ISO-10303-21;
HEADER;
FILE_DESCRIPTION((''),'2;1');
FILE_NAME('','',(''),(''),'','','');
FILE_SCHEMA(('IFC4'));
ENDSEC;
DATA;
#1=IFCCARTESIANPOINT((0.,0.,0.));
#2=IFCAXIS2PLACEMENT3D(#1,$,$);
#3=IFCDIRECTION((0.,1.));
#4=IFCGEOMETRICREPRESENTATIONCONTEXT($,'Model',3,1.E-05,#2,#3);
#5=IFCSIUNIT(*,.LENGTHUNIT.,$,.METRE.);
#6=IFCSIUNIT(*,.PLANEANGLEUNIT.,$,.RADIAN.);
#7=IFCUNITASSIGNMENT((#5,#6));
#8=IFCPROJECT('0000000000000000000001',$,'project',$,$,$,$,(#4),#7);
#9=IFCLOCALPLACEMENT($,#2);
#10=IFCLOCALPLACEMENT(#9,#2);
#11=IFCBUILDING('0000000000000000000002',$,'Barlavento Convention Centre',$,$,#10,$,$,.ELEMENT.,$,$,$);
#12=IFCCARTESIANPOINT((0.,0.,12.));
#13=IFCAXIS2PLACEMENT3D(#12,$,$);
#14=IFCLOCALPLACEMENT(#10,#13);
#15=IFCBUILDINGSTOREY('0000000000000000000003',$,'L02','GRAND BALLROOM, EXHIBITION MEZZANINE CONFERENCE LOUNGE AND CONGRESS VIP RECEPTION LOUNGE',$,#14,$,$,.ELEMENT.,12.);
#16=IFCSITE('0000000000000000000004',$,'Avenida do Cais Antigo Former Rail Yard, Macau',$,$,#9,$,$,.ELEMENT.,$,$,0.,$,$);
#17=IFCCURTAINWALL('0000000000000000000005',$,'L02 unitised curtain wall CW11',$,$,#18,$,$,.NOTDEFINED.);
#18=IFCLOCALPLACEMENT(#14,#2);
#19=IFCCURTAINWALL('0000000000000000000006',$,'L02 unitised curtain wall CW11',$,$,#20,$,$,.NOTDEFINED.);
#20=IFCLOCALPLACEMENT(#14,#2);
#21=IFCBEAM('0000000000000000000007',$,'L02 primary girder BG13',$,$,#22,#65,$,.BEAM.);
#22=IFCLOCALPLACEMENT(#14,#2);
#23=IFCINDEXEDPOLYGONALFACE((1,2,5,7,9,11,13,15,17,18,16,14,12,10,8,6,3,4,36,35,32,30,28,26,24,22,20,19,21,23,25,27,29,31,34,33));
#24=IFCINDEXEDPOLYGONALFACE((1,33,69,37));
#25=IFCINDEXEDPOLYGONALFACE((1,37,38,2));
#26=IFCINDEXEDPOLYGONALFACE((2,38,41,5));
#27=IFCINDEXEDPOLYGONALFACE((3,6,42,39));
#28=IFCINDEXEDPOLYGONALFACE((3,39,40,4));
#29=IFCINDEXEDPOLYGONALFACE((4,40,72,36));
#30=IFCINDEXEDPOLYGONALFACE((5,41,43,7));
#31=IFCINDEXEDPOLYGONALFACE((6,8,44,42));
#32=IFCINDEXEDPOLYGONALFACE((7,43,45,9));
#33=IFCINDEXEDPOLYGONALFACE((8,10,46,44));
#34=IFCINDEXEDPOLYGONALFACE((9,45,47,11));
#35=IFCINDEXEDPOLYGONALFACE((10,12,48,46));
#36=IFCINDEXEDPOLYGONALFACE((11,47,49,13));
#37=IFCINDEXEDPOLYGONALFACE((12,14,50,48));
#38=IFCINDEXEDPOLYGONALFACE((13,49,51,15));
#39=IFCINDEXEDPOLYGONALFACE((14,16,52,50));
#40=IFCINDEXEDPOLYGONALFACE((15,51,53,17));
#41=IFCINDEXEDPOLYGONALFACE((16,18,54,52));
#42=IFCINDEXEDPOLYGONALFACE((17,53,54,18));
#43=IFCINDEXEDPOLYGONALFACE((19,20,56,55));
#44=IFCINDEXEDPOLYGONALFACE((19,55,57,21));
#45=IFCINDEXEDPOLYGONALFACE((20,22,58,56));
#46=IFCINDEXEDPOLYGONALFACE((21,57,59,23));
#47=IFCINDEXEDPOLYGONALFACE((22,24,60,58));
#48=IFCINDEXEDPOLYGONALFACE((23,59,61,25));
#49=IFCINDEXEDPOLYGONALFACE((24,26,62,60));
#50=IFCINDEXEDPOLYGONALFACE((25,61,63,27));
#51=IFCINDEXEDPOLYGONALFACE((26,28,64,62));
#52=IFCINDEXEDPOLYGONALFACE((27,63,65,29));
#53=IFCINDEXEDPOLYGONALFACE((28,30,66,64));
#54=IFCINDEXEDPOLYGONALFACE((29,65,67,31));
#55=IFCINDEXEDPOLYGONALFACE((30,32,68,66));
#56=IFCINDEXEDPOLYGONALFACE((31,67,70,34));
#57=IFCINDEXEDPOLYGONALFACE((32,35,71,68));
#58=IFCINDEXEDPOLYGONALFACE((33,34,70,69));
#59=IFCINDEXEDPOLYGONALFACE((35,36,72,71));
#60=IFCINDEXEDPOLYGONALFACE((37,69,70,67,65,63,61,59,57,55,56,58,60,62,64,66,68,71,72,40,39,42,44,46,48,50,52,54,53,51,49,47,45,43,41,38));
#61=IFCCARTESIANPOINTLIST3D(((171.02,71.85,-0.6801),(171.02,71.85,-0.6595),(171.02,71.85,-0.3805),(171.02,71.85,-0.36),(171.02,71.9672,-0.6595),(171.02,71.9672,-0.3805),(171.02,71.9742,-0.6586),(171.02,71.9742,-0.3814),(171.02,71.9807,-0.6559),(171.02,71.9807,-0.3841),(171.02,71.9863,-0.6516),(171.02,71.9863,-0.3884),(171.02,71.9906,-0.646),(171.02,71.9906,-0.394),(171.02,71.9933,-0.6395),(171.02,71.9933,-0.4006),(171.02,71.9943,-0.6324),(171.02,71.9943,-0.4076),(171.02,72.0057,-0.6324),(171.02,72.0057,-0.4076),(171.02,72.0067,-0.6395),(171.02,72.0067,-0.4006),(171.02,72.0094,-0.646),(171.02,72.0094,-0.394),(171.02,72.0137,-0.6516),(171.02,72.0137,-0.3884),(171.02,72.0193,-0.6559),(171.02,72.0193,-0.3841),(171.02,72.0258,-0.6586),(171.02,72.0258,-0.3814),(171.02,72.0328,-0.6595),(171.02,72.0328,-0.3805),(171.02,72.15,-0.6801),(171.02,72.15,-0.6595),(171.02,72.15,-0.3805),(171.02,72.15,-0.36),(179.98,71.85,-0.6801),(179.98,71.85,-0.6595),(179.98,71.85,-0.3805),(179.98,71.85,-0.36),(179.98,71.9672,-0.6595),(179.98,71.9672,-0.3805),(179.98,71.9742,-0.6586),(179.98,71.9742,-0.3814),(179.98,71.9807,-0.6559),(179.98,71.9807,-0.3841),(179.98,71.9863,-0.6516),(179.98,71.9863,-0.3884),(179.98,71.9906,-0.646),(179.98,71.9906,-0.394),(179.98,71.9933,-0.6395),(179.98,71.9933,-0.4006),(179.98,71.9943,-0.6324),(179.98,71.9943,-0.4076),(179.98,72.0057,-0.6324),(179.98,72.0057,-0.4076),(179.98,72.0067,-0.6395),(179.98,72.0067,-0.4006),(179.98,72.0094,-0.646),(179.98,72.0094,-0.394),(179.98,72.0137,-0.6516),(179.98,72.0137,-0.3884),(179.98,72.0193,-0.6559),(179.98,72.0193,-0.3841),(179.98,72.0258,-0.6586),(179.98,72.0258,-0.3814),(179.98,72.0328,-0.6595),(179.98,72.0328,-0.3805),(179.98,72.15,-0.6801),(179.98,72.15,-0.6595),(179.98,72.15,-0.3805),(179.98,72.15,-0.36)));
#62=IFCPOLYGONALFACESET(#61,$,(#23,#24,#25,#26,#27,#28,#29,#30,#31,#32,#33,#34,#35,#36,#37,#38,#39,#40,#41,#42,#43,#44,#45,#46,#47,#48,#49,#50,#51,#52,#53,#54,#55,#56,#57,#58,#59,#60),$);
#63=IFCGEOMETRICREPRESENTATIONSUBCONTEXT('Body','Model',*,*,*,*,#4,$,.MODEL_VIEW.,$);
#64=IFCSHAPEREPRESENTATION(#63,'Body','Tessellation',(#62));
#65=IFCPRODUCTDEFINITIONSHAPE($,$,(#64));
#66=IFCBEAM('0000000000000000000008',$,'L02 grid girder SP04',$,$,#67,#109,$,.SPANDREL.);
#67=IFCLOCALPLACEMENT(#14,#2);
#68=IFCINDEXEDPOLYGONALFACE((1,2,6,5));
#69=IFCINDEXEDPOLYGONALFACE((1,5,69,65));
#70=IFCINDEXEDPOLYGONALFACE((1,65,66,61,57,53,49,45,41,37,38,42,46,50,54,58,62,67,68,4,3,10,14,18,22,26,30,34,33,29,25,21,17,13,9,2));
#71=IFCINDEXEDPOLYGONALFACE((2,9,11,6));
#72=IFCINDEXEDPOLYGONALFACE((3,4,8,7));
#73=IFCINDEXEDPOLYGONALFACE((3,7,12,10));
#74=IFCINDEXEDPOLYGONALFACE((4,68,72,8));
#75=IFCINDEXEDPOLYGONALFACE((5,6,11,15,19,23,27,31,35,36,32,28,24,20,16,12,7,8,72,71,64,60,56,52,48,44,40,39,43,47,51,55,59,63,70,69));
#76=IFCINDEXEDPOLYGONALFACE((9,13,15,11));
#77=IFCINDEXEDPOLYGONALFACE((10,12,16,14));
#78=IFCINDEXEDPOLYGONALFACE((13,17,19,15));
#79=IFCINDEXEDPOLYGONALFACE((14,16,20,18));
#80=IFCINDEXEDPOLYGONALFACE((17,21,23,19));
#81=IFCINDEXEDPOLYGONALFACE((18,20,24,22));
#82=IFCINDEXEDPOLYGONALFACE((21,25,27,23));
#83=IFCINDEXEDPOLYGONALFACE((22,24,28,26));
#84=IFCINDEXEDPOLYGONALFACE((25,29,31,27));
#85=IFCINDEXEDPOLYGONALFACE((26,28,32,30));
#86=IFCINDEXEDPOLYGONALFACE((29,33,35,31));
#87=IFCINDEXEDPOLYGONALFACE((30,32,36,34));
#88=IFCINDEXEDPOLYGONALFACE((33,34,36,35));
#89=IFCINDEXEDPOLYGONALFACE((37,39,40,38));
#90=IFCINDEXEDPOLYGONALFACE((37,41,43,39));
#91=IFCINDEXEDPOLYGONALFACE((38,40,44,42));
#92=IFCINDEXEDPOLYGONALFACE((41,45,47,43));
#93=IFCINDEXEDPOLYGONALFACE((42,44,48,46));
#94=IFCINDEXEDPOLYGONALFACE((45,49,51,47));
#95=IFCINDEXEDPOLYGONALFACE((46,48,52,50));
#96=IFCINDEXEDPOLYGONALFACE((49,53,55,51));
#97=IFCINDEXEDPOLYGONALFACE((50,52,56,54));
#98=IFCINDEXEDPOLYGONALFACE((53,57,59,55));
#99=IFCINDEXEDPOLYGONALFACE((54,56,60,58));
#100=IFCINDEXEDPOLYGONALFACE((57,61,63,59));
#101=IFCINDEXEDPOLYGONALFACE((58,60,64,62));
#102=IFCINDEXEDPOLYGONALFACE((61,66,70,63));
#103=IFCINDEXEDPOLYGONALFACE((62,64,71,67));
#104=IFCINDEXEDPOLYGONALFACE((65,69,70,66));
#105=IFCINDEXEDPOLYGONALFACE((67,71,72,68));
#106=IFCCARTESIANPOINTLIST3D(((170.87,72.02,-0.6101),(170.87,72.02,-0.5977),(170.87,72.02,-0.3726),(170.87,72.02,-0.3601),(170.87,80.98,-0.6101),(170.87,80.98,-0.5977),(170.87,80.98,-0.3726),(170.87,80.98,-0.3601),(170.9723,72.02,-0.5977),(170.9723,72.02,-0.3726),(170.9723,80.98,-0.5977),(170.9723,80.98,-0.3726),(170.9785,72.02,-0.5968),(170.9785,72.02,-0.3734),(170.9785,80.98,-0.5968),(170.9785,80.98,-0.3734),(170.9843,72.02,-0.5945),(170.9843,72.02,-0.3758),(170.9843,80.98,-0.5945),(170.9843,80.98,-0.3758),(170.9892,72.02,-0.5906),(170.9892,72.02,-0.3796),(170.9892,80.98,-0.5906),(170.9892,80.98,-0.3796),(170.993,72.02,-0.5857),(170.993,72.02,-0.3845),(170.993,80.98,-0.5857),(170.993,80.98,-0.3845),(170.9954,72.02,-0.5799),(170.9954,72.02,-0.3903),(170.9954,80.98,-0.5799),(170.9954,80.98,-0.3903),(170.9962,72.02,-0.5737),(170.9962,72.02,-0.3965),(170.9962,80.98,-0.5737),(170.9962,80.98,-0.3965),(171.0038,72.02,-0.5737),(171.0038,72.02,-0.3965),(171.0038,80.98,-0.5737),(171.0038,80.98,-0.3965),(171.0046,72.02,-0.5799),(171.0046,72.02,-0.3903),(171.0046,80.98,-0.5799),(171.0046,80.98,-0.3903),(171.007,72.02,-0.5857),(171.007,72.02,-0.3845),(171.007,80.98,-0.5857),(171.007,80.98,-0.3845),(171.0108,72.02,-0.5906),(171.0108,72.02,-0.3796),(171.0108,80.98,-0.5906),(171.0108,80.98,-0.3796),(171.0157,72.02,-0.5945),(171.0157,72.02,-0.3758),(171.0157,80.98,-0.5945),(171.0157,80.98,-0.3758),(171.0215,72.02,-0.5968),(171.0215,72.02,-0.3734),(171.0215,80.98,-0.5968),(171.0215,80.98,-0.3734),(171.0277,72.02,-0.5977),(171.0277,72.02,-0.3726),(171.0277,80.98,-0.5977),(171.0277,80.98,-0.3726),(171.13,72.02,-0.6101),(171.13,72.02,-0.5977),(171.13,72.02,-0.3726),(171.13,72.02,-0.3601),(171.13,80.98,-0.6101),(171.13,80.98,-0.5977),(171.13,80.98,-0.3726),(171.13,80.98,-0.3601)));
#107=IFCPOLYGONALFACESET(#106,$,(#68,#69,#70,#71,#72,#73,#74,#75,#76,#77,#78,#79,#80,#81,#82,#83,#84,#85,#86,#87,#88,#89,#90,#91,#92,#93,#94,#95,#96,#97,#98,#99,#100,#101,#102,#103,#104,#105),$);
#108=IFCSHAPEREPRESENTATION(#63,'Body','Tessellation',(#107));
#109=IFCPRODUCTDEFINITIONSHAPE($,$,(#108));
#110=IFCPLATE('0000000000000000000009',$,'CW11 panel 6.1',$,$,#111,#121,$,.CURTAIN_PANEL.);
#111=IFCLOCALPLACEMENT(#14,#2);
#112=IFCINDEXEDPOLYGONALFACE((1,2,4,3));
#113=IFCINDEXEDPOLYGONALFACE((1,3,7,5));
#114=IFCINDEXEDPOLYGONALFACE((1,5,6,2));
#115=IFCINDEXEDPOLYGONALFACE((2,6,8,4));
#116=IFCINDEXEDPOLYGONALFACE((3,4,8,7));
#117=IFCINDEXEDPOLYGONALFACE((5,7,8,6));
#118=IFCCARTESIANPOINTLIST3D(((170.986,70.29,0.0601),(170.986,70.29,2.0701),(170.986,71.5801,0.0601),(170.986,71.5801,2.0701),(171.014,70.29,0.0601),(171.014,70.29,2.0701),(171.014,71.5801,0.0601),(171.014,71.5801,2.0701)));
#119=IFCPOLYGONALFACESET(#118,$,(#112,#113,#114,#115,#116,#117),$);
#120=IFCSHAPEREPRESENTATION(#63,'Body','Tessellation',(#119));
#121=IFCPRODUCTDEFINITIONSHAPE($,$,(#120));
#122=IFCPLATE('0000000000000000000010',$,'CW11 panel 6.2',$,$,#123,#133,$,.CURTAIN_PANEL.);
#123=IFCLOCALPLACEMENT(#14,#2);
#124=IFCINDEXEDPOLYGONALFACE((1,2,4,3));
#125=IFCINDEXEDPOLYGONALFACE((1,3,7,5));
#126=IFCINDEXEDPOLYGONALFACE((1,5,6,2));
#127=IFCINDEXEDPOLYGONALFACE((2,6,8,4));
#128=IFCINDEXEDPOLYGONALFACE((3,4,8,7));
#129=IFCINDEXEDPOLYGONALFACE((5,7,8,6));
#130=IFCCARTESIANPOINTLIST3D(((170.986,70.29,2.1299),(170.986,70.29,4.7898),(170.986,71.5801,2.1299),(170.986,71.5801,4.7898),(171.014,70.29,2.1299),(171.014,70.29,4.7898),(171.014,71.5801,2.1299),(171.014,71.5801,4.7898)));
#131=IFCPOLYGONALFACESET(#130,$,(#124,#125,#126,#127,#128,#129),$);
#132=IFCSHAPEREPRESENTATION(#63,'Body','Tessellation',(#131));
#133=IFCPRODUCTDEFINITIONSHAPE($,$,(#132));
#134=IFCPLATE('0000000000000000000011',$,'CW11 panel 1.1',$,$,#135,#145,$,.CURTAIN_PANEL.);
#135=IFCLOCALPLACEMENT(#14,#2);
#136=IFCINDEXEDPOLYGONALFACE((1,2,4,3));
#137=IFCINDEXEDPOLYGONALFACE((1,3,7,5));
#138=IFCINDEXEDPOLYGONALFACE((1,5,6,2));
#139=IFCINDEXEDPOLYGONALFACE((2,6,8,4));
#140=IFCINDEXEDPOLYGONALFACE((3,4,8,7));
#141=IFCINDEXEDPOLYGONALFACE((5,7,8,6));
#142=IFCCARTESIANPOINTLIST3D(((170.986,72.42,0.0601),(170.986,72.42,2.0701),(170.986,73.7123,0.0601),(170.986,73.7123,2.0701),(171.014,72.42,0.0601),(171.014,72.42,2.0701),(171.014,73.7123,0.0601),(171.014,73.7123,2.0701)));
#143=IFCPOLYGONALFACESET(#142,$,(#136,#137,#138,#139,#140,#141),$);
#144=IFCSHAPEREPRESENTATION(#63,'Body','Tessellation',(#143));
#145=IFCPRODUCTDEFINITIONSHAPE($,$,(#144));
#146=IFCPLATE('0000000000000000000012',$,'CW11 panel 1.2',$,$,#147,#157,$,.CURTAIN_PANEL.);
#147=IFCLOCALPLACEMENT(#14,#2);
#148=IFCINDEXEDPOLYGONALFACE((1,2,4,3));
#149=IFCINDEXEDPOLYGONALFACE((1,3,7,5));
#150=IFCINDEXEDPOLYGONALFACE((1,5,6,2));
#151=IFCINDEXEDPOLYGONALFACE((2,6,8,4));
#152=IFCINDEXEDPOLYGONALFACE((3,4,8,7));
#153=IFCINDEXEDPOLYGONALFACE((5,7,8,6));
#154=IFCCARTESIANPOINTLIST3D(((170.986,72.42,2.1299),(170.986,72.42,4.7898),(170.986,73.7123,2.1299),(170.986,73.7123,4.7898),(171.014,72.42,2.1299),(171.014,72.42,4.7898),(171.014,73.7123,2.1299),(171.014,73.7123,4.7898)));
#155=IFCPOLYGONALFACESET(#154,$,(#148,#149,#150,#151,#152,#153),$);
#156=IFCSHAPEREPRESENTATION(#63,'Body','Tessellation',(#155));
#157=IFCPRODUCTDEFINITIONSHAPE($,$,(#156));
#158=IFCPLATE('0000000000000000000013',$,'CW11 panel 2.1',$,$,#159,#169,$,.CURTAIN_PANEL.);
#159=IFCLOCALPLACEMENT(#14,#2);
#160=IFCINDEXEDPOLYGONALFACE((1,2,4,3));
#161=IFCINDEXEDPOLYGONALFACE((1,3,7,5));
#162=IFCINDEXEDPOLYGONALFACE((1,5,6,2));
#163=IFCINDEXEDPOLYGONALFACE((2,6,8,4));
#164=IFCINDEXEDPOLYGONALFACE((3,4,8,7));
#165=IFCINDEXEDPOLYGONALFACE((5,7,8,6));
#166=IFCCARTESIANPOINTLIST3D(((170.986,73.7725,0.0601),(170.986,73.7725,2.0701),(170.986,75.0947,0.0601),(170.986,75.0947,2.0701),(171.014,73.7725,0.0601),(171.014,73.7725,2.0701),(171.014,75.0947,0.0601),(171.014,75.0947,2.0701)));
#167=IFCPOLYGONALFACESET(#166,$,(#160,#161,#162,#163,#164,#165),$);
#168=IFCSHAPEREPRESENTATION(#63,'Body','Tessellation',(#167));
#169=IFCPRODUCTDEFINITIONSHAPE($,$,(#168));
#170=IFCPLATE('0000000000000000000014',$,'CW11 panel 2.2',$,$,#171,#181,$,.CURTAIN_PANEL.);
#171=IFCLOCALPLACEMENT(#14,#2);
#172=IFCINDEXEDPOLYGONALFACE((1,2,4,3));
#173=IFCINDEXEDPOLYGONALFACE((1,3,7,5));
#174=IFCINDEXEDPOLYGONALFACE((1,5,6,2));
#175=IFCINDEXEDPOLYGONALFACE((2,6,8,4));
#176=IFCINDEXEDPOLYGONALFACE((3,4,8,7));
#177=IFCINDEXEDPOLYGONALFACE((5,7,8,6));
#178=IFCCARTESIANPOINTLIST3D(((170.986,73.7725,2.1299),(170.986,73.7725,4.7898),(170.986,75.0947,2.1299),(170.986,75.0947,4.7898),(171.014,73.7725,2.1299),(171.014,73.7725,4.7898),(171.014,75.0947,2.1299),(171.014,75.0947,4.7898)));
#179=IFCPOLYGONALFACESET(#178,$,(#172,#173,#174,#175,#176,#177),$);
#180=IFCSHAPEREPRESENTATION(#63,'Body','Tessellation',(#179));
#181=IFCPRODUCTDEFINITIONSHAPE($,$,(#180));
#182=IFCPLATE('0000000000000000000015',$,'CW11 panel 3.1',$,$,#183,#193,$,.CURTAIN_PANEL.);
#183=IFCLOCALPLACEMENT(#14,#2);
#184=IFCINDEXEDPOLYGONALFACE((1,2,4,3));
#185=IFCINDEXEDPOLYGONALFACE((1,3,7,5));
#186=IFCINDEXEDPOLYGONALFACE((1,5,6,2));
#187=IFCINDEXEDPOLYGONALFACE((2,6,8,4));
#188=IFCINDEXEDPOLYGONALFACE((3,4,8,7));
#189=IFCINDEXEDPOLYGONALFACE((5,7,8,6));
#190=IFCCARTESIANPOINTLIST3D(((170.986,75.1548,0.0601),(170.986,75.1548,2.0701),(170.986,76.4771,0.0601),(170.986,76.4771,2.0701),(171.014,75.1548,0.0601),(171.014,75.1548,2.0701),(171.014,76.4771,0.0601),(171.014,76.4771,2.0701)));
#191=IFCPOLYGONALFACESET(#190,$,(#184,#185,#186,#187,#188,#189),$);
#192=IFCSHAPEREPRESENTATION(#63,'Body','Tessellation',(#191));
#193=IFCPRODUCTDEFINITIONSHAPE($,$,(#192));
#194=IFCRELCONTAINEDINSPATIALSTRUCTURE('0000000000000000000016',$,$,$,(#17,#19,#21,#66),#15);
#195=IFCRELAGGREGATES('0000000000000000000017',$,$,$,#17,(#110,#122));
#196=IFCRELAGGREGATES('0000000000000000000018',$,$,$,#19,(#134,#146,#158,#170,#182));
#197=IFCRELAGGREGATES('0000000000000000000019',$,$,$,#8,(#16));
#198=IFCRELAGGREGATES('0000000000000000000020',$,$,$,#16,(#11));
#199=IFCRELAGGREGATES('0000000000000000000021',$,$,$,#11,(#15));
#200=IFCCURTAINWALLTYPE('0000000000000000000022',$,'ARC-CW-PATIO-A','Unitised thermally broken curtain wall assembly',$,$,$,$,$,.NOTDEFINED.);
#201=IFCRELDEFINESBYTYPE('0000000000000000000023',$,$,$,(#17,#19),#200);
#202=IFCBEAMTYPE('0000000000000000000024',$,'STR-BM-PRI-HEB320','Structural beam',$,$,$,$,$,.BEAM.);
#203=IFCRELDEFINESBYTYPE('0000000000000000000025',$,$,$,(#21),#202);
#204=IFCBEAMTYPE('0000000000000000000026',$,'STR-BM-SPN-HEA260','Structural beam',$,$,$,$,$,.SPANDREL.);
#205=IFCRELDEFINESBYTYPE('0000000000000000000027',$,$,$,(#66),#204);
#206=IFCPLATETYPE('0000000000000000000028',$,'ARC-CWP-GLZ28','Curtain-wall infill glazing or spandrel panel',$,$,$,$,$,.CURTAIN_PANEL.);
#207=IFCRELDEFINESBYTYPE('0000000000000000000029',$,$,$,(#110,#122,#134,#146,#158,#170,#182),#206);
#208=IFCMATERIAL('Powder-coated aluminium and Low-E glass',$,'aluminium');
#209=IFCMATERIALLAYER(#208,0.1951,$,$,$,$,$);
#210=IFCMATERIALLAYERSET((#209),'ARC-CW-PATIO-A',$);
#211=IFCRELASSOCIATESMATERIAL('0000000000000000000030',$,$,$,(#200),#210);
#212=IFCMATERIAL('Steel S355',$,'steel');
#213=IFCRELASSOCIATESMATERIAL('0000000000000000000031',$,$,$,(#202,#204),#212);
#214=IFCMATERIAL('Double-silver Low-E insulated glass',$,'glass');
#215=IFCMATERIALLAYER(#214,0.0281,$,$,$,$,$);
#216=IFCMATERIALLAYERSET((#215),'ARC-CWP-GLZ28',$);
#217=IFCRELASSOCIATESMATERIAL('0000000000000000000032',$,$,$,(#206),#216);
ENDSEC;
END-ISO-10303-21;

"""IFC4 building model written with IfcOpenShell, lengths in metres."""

from ifc_helpers import new_model, si_unit, direction, frame, origin, origin_2d, place, context, subcontext, project, spatial, rectangle, i_section, extrude, material, layer, layer_set, material_profile, profile_set, type_object, element, aggregate, save


model = new_model("IFC4")

# Units and contexts
model_context = context("Model", 3, precision=1e-05, world=origin(), true_north=direction((0.0, 1.0)))
body_context = subcontext(model_context, "Body", "Model", "MODEL_VIEW")
ifc_project = project(units=[si_unit("LENGTHUNIT", "METRE"), si_unit("PLANEANGLEUNIT", "RADIAN")], contexts=[model_context])

# Site, building, storey
site_placement = place(None, origin())
site = spatial("IfcSite", under=ifc_project, at=site_placement, Name="Avenida do Cais Antigo Former Rail Yard, Macau", CompositionType="ELEMENT", RefElevation=0.0)
building_placement = place(site_placement, origin())
building = spatial("IfcBuilding", under=site, at=building_placement, Name="Barlavento Convention Centre", CompositionType="ELEMENT")
storey_placement = place(building_placement, frame((0.0, 0.0, 12.0)))
storey = spatial("IfcBuildingStorey", under=building, at=storey_placement, Name="L02", Description="GRAND BALLROOM, EXHIBITION MEZZANINE CONFERENCE LOUNGE AND CONGRESS VIP RECEPTION LOUNGE", CompositionType="ELEMENT", Elevation=12.0)

# Curtain wall
ifc_material_1 = material(Name="Powder-coated aluminium and Low-E glass", Category="aluminium")
ifc_layer_1 = layer(ifc_material_1, 0.1951)
ifc_layer_set_1 = layer_set([ifc_layer_1], Name="ARC-CW-PATIO-A")
curtain_wall_type = type_object("IfcCurtainWallType", Name="ARC-CW-PATIO-A", Description="Unitised thermally broken curtain wall assembly", PredefinedType="NOTDEFINED", material=ifc_layer_set_1)
curtain_wall_1_placement = place(storey_placement, origin())
curtain_wall_1 = element("IfcCurtainWall", 1, at=curtain_wall_1_placement, inside=storey, type_object=curtain_wall_type, Name="L02 unitised curtain wall CW11", PredefinedType="NOTDEFINED")

# Curtain wall
curtain_wall_2_placement = place(storey_placement, origin())
curtain_wall_2 = element("IfcCurtainWall", 2, at=curtain_wall_2_placement, inside=storey, type_object=curtain_wall_type, Name="L02 unitised curtain wall CW11", PredefinedType="NOTDEFINED")

# Beams
ifc_material_2 = material(Name="Steel S355", Category="steel")
ifc_material_profile_1 = material_profile(ifc_material_2, i_section(OverallWidth=0.3, OverallDepth=0.3201, WebThickness=0.0115, FlangeThickness=0.0205, FilletRadius=0.0271, at=origin_2d()), Name="HEB 320")
ifc_profile_set_1 = profile_set([ifc_material_profile_1], Name="Steel S355")
beam_type_1 = type_object("IfcBeamType", Name="STR-BM-PRI-HEB320", Description="Structural beam", PredefinedType="BEAM", material=ifc_profile_set_1)
beam_1_placement = place(storey_placement, frame((171.02, 72.0, -0.52), z_axis=(1.0, 0.0, 0.0), x_axis=(0.0, 1.0, 0.0)))
element("IfcBeam", 3, at=beam_1_placement, inside=storey, type_object=beam_type_1, Name="L02 primary girder BG13", PredefinedType="BEAM", context=body_context, shape_type="SweptSolid", body=[
    extrude(i_section(OverallWidth=0.3, OverallDepth=0.3201, WebThickness=0.0115, FlangeThickness=0.0205, FilletRadius=0.0271, at=origin_2d()), origin(), (0.0, 0.0, 1.0), 8.96),
])
ifc_material_profile_2 = material_profile(ifc_material_2, i_section(OverallWidth=0.26, OverallDepth=0.25, WebThickness=0.0076, FlangeThickness=0.0125, FilletRadius=0.0239, at=origin_2d()), Name="HEA 260")
ifc_profile_set_2 = profile_set([ifc_material_profile_2], Name="Steel S355")
beam_type_2 = type_object("IfcBeamType", Name="STR-BM-SPN-HEA260", Description="Structural beam", PredefinedType="SPANDREL", material=ifc_profile_set_2)
beam_2_placement = place(storey_placement, frame((171.0, 72.02, -0.4851), z_axis=(0.0, 1.0, 0.0), x_axis=(-1.0, 0.0, 0.0)))
element("IfcBeam", 4, at=beam_2_placement, inside=storey, type_object=beam_type_2, Name="L02 grid girder SP04", PredefinedType="SPANDREL", context=body_context, shape_type="SweptSolid", body=[
    extrude(i_section(OverallWidth=0.26, OverallDepth=0.25, WebThickness=0.0076, FlangeThickness=0.0125, FilletRadius=0.0239, at=origin_2d()), origin(), (0.0, 0.0, 1.0), 8.96),
])

# Plates
ifc_material_3 = material(Name="Double-silver Low-E insulated glass", Category="glass")
ifc_layer_2 = layer(ifc_material_3, 0.0281)
ifc_layer_set_2 = layer_set([ifc_layer_2], Name="ARC-CWP-GLZ28")
plate_type = type_object("IfcPlateType", Name="ARC-CWP-GLZ28", Description="Curtain-wall infill glazing or spandrel panel", PredefinedType="CURTAIN_PANEL", material=ifc_layer_set_2)
plate_1_placement = place(storey_placement, frame((171.0, 70.9351, 0.0601), z_axis=(0.0, 0.0, 1.0), x_axis=(0.0, 1.0, 0.0)))
plate_1 = element("IfcPlate", 5, at=plate_1_placement, type_object=plate_type, Name="CW11 panel 6.1", PredefinedType="CURTAIN_PANEL", context=body_context, shape_type="SweptSolid", body=[
    extrude(rectangle(XDim=1.29, YDim=0.0281, at=origin_2d()), origin(), (0.0, 0.0, 1.0), 2.01),
])
plate_2_placement = place(storey_placement, frame((171.0, 70.9351, 2.1299), z_axis=(0.0, 0.0, 1.0), x_axis=(0.0, 1.0, 0.0)))
plate_2 = element("IfcPlate", 6, at=plate_2_placement, type_object=plate_type, Name="CW11 panel 6.2", PredefinedType="CURTAIN_PANEL", context=body_context, shape_type="SweptSolid", body=[
    extrude(rectangle(XDim=1.29, YDim=0.0281, at=origin_2d()), origin(), (0.0, 0.0, 1.0), 2.6599),
])
aggregate(curtain_wall_1, [plate_1, plate_2])
plate_3_placement = place(storey_placement, frame((171.0, 73.0662, 0.0601), z_axis=(0.0, 0.0, 1.0), x_axis=(0.0, 1.0, 0.0)))
plate_3 = element("IfcPlate", 7, at=plate_3_placement, type_object=plate_type, Name="CW11 panel 1.1", PredefinedType="CURTAIN_PANEL", context=body_context, shape_type="SweptSolid", body=[
    extrude(rectangle(XDim=1.2922, YDim=0.0281, at=origin_2d()), origin(), (0.0, 0.0, 1.0), 2.01),
])
plate_4_placement = place(storey_placement, frame((171.0, 73.0662, 2.1299), z_axis=(0.0, 0.0, 1.0), x_axis=(0.0, 1.0, 0.0)))
plate_4 = element("IfcPlate", 8, at=plate_4_placement, type_object=plate_type, Name="CW11 panel 1.2", PredefinedType="CURTAIN_PANEL", context=body_context, shape_type="SweptSolid", body=[
    extrude(rectangle(XDim=1.2922, YDim=0.0281, at=origin_2d()), origin(), (0.0, 0.0, 1.0), 2.6599),
])
plate_5_placement = place(storey_placement, frame((171.0, 74.4336, 0.0601), z_axis=(0.0, 0.0, 1.0), x_axis=(0.0, 1.0, 0.0)))
plate_5 = element("IfcPlate", 9, at=plate_5_placement, type_object=plate_type, Name="CW11 panel 2.1", PredefinedType="CURTAIN_PANEL", context=body_context, shape_type="SweptSolid", body=[
    extrude(rectangle(XDim=1.3223, YDim=0.0281, at=origin_2d()), origin(), (0.0, 0.0, 1.0), 2.01),
])
plate_6_placement = place(storey_placement, frame((171.0, 74.4336, 2.1299), z_axis=(0.0, 0.0, 1.0), x_axis=(0.0, 1.0, 0.0)))
plate_6 = element("IfcPlate", 10, at=plate_6_placement, type_object=plate_type, Name="CW11 panel 2.2", PredefinedType="CURTAIN_PANEL", context=body_context, shape_type="SweptSolid", body=[
    extrude(rectangle(XDim=1.3223, YDim=0.0281, at=origin_2d()), origin(), (0.0, 0.0, 1.0), 2.6599),
])
plate_7_placement = place(storey_placement, frame((171.0, 75.8159, 0.0601), z_axis=(0.0, 0.0, 1.0), x_axis=(0.0, 1.0, 0.0)))
plate_7 = element("IfcPlate", 11, at=plate_7_placement, type_object=plate_type, Name="CW11 panel 3.1", PredefinedType="CURTAIN_PANEL", context=body_context, shape_type="SweptSolid", body=[
    extrude(rectangle(XDim=1.3223, YDim=0.0281, at=origin_2d()), origin(), (0.0, 0.0, 1.0), 2.01),
])
aggregate(curtain_wall_2, [plate_3, plate_4, plate_5, plate_6, plate_7])

save(model, "model.ifc")
